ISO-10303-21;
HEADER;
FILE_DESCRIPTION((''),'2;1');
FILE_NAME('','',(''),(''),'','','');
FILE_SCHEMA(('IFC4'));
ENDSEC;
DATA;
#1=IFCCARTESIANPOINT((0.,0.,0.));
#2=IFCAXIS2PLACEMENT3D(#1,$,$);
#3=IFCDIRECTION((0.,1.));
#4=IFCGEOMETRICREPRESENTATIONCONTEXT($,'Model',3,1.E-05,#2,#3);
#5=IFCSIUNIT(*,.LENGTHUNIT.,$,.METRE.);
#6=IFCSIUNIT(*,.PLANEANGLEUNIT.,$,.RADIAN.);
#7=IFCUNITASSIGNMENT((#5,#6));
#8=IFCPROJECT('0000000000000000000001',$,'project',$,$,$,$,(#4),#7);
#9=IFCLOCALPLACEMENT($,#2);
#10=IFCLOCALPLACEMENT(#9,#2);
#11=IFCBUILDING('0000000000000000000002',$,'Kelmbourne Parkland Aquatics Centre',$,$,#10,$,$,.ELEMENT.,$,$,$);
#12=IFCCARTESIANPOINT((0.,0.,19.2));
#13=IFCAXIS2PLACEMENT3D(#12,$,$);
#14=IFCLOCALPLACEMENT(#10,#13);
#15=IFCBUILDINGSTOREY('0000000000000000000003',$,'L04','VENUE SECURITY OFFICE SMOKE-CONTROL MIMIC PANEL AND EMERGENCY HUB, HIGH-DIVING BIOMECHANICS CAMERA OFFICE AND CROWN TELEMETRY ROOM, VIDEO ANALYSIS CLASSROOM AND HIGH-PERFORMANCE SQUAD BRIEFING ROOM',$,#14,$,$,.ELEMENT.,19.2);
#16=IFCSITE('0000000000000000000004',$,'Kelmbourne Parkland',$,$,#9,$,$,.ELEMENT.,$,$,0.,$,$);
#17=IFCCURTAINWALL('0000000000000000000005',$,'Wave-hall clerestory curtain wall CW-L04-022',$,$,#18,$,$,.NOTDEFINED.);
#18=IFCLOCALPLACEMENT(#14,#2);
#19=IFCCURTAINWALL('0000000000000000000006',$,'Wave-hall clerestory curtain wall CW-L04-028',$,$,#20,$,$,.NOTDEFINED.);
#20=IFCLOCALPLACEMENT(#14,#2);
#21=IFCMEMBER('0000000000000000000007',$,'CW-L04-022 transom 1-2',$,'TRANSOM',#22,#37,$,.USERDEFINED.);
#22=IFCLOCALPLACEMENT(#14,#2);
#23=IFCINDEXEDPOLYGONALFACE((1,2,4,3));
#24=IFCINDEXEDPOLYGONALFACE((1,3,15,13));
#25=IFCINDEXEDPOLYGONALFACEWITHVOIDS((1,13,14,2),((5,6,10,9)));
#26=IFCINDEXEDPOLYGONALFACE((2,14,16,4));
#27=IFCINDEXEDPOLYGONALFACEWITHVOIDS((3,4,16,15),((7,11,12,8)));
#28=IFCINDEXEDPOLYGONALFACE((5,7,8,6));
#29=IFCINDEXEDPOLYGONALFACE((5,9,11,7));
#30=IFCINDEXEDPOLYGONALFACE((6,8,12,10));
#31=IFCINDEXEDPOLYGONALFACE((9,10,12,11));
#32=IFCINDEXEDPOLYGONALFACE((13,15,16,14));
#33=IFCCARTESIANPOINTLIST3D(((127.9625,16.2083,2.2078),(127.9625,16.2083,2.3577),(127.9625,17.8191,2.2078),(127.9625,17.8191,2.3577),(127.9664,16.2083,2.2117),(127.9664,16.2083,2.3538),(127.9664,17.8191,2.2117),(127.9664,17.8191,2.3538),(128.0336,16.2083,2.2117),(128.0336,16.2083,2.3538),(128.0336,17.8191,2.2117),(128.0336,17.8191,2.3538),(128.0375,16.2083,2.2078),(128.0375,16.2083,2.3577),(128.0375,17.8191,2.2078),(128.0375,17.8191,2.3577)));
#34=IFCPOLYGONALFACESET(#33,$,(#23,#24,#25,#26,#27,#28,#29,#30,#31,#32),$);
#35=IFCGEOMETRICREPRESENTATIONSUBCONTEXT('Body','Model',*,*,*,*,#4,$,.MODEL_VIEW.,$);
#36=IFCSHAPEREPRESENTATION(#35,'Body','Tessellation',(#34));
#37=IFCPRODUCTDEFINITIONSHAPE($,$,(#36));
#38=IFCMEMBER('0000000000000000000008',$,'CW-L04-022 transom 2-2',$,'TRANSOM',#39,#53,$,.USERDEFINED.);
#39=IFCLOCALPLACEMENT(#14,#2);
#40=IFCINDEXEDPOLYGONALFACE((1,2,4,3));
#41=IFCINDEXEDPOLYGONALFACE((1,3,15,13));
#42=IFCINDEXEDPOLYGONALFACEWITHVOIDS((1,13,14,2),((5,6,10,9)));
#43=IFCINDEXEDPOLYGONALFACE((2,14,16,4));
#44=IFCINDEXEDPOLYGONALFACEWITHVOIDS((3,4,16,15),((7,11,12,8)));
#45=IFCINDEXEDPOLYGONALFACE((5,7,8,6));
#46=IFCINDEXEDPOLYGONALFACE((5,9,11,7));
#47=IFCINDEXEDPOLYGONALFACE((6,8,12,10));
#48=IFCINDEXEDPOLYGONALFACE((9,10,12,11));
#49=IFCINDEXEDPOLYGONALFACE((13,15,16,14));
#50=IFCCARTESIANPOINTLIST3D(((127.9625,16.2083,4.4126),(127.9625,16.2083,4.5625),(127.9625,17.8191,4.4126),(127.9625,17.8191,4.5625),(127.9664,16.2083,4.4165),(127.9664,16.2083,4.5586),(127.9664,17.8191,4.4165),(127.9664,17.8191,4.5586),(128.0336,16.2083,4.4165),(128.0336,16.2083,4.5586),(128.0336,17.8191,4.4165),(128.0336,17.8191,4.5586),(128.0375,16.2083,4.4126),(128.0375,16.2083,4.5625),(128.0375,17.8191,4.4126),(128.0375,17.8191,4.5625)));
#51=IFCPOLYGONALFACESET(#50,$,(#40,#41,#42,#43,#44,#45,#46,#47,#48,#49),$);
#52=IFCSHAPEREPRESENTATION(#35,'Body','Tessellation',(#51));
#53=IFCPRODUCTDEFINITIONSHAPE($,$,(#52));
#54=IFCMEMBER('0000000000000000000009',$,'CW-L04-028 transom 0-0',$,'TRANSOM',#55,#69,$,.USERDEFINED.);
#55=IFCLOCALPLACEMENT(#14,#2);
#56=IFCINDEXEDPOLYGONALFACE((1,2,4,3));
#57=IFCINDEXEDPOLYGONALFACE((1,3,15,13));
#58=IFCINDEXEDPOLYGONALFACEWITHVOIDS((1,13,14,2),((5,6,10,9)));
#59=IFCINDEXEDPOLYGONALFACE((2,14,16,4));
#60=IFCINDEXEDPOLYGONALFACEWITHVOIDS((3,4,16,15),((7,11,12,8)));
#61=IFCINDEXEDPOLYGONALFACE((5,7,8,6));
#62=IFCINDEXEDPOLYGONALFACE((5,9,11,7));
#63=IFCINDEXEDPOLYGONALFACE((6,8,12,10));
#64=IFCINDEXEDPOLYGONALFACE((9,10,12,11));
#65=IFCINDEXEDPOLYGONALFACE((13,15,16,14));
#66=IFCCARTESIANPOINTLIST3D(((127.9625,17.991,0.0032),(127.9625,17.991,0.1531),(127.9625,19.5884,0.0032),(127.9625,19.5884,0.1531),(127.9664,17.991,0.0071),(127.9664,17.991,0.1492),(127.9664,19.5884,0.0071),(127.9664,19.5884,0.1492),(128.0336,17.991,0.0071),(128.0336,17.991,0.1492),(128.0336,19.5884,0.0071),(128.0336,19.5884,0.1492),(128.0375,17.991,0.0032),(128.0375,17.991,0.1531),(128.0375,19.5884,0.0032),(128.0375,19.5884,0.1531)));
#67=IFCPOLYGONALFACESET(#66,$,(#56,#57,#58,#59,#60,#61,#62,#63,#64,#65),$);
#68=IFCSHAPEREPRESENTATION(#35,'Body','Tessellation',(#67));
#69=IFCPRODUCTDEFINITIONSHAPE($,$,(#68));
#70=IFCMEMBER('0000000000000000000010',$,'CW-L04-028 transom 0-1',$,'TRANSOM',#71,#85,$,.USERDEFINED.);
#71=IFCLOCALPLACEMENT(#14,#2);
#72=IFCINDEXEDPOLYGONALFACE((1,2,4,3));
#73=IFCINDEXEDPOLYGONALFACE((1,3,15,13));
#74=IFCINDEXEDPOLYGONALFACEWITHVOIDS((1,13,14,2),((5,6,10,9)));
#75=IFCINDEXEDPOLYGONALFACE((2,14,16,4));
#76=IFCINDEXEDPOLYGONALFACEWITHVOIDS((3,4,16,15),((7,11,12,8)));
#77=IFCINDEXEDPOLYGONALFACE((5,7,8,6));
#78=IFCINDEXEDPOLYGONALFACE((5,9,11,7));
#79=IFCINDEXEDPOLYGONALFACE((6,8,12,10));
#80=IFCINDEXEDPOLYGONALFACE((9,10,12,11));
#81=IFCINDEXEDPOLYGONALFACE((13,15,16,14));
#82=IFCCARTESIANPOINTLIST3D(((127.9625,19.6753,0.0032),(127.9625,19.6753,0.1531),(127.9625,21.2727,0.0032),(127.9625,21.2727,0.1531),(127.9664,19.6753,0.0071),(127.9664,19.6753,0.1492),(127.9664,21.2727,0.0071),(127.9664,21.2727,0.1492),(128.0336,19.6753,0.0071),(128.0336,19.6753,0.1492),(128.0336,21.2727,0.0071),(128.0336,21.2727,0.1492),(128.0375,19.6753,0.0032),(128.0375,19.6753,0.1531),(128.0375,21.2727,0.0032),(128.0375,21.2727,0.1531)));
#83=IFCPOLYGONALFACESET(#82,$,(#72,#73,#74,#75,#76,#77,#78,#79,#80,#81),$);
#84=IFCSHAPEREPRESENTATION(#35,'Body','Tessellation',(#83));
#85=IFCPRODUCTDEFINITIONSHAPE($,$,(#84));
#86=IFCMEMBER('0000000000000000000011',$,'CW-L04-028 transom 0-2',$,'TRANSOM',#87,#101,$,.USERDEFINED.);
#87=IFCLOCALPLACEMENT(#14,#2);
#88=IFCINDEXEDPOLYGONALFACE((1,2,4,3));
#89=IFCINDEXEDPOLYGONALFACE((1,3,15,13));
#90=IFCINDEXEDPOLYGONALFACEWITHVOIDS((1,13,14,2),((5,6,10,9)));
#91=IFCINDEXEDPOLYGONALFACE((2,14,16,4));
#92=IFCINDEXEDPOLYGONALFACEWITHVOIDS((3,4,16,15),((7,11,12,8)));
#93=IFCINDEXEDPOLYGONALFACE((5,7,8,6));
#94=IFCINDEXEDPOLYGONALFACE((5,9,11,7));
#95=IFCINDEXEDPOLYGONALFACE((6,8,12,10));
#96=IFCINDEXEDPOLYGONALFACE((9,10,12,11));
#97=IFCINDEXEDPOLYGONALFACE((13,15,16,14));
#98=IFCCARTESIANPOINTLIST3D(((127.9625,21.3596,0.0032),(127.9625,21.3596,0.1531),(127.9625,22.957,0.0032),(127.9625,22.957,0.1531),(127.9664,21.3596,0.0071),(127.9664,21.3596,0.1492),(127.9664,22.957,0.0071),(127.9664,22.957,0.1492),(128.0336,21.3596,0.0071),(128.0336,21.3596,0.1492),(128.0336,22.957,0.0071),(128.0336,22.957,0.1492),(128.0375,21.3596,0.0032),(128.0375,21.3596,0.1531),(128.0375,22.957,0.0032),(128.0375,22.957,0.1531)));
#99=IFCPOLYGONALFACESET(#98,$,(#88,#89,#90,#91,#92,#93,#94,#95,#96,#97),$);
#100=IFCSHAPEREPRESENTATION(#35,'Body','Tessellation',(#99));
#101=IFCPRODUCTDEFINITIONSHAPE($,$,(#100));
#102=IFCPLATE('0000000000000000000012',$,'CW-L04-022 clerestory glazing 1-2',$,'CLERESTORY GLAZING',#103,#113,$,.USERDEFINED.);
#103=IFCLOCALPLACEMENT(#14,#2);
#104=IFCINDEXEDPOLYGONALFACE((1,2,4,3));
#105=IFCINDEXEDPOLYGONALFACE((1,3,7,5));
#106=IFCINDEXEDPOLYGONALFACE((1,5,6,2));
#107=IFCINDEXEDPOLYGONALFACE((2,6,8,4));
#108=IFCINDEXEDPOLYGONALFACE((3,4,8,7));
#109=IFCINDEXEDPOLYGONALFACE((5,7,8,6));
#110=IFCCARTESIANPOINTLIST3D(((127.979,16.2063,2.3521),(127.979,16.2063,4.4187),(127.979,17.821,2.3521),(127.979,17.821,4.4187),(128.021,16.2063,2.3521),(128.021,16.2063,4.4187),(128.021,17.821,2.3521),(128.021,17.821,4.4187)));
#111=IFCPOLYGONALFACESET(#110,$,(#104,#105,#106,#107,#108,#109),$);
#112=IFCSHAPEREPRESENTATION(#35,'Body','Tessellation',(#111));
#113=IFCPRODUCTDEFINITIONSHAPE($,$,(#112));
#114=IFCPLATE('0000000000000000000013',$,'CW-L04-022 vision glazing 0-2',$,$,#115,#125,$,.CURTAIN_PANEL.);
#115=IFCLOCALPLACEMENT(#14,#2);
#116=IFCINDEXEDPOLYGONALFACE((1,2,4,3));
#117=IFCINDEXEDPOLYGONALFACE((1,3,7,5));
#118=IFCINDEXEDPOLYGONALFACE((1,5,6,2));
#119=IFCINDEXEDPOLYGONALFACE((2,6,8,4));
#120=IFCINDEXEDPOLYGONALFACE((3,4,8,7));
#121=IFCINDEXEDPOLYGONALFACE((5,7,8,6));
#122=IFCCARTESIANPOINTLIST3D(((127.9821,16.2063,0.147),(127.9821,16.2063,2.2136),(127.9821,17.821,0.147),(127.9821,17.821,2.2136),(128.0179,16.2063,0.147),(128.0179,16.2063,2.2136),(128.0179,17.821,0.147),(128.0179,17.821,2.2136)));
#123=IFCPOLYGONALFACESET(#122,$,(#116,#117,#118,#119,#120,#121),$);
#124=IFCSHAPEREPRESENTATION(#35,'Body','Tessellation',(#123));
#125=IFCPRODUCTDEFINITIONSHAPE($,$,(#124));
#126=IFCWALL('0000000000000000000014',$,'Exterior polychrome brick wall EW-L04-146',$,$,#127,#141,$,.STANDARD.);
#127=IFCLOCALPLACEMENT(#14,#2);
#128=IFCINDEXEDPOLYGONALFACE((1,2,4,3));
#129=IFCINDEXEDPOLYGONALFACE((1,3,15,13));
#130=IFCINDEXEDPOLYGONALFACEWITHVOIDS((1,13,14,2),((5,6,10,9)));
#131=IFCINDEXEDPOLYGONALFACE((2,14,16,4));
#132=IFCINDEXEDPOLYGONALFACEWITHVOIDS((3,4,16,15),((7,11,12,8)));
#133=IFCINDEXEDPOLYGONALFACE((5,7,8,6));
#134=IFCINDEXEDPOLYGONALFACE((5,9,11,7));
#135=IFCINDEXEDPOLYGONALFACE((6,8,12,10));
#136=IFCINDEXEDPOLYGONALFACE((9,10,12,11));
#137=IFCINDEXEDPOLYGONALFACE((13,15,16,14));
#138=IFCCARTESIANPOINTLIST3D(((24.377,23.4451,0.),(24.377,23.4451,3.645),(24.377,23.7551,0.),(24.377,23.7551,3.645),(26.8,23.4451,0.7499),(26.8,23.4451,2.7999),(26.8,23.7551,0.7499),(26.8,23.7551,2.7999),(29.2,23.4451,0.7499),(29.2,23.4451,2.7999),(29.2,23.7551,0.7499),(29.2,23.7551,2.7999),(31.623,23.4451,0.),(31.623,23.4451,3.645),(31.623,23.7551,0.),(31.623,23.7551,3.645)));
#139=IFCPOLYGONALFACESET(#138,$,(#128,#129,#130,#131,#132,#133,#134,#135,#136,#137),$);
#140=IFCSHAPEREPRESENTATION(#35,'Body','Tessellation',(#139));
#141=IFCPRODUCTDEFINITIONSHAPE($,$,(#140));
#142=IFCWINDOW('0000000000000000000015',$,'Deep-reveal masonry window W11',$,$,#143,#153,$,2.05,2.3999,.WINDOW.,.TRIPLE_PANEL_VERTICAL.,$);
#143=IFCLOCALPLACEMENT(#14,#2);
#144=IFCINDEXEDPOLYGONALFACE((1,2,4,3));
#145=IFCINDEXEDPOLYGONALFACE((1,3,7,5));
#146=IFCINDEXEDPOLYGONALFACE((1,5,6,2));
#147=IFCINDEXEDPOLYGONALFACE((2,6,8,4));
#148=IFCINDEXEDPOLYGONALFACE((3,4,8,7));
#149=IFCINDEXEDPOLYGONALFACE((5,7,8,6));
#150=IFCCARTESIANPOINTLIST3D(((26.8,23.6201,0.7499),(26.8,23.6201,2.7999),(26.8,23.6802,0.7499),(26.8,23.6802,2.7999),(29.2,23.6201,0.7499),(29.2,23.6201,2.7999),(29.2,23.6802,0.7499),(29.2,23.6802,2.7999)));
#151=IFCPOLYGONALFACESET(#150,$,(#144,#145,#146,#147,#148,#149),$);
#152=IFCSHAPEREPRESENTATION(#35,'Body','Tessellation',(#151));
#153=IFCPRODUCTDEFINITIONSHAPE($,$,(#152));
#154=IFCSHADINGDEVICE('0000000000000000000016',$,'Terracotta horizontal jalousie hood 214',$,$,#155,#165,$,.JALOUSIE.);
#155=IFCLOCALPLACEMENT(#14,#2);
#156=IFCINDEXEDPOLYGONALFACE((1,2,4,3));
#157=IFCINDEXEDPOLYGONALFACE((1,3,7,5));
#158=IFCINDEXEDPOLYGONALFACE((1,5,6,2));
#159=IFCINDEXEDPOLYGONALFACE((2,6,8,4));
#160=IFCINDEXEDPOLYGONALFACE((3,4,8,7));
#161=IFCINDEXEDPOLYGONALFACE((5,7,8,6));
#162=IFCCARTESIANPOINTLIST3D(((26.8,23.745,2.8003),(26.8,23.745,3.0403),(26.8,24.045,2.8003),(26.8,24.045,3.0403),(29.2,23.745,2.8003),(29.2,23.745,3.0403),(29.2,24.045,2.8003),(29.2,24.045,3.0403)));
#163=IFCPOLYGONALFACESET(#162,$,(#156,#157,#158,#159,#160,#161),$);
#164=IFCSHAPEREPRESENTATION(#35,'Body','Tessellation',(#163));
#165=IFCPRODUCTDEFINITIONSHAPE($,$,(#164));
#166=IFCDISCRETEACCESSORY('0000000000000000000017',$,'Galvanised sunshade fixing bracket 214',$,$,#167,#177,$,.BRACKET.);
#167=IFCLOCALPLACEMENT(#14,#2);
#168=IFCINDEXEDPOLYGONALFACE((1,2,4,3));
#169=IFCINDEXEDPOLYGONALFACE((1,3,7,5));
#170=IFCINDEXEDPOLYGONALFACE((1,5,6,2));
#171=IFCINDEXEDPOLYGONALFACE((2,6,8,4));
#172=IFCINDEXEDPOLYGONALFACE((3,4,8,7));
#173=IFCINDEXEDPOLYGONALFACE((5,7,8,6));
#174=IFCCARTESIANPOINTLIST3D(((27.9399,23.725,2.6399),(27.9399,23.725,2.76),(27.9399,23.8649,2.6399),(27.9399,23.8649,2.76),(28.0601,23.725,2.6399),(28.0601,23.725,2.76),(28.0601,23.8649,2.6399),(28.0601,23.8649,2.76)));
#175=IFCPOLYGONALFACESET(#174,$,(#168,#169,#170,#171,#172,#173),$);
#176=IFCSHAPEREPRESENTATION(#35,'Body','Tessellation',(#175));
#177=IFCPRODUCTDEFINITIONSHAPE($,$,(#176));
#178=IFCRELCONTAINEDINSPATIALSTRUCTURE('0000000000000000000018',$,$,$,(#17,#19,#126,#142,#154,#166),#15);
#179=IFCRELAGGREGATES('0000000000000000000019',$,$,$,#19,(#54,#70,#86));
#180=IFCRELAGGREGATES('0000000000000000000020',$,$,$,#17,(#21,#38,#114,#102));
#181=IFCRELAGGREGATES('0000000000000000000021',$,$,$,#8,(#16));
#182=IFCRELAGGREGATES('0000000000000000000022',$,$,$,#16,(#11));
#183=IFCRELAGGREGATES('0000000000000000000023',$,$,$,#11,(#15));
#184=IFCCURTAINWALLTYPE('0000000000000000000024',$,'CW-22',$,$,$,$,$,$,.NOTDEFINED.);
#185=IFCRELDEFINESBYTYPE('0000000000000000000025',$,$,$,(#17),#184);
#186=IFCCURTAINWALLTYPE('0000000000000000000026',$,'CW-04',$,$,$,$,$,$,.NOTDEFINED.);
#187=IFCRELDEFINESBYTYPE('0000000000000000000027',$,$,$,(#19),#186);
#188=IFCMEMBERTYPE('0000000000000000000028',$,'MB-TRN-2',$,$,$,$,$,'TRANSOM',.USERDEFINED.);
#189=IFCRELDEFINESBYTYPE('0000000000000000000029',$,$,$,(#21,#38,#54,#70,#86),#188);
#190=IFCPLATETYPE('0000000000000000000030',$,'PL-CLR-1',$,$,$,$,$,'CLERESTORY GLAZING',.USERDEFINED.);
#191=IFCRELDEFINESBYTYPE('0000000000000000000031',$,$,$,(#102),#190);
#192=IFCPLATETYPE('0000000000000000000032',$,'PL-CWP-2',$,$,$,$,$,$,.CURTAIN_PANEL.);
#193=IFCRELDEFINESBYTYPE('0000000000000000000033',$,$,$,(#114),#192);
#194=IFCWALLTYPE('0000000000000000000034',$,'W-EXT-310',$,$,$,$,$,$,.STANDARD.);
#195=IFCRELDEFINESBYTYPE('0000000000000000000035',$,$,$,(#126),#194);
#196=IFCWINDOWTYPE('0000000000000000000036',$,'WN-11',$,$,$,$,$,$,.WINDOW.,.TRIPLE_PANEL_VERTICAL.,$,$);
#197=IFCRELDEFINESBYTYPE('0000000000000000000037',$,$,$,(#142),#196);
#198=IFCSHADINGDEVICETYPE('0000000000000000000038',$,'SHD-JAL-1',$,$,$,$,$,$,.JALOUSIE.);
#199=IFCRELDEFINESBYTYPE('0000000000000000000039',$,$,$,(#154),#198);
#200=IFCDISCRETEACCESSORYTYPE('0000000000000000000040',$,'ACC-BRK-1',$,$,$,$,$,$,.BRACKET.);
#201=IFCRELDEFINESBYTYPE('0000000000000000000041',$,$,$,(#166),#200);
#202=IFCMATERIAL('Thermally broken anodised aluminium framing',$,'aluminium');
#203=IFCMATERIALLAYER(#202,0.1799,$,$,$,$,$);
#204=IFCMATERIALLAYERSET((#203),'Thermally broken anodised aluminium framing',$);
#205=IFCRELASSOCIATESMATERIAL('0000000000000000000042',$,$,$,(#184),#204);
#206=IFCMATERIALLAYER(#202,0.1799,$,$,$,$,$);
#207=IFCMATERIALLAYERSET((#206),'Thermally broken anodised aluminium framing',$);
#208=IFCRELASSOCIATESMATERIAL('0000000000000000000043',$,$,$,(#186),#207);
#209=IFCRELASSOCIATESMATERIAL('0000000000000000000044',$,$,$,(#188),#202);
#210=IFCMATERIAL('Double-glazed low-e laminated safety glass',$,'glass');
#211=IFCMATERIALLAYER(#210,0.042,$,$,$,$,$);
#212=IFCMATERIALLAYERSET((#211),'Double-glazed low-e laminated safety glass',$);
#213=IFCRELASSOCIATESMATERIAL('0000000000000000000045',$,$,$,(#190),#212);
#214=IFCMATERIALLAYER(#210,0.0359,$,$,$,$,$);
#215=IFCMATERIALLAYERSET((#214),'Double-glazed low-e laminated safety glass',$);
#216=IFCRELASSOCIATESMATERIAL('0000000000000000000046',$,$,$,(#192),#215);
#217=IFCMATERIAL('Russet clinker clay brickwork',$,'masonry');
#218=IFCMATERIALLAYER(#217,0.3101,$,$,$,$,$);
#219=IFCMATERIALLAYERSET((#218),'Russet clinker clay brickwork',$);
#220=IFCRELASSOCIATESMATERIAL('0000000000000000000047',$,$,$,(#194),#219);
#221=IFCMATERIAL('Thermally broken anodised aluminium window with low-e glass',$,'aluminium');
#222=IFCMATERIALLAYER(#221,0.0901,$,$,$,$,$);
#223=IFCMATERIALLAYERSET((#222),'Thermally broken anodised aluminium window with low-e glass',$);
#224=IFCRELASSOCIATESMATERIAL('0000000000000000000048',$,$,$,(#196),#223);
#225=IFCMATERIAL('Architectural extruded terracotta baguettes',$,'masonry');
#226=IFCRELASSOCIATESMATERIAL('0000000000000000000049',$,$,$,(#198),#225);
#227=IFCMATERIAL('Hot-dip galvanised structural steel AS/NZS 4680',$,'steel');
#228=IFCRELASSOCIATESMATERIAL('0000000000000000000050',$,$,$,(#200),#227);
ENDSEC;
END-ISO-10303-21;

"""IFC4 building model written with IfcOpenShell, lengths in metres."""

from ifc_helpers import new_model, si_unit, direction, frame, frame_2d, origin, origin_2d, place, context, subcontext, project, spatial, rectangle, hollow_rectangle, extrude, material, layer, layer_set, material_profile, profile_set, type_object, element, fill, aggregate, save


model = new_model("IFC4")

# Units and contexts
model_context = context("Model", 3, precision=1e-05, world=origin(), true_north=direction((0.0, 1.0)))
body_context = subcontext(model_context, "Body", "Model", "MODEL_VIEW")
ifc_project = project(units=[si_unit("LENGTHUNIT", "METRE"), si_unit("PLANEANGLEUNIT", "RADIAN")], contexts=[model_context])

# Site, building, storey
site_placement = place(None, origin())
site = spatial("IfcSite", under=ifc_project, at=site_placement, Name="Kelmbourne Parkland", CompositionType="ELEMENT", RefElevation=0.0)
building_placement = place(site_placement, origin())
building = spatial("IfcBuilding", under=site, at=building_placement, Name="Kelmbourne Parkland Aquatics Centre", CompositionType="ELEMENT")
storey_placement = place(building_placement, frame((0.0, 0.0, 19.2)))
storey = spatial("IfcBuildingStorey", under=building, at=storey_placement, Name="L04", Description="VENUE SECURITY OFFICE SMOKE-CONTROL MIMIC PANEL AND EMERGENCY HUB, HIGH-DIVING BIOMECHANICS CAMERA OFFICE AND CROWN TELEMETRY ROOM, VIDEO ANALYSIS CLASSROOM AND HIGH-PERFORMANCE SQUAD BRIEFING ROOM", CompositionType="ELEMENT", Elevation=19.2)

# Curtain walls
ifc_material_1 = material(Name="Thermally broken anodised aluminium framing", Category="aluminium")
ifc_layer_1 = layer(ifc_material_1, 0.1799)
ifc_layer_set_1 = layer_set([ifc_layer_1], Name="Thermally broken anodised aluminium framing")
curtain_wall_type_1 = type_object("IfcCurtainWallType", Name="CW-22", PredefinedType="NOTDEFINED", material=ifc_layer_set_1)
curtain_wall_1_placement = place(storey_placement, origin())
curtain_wall_1 = element("IfcCurtainWall", 1, at=curtain_wall_1_placement, inside=storey, type_object=curtain_wall_type_1, Name="Wave-hall clerestory curtain wall CW-L04-022", PredefinedType="NOTDEFINED")
ifc_layer_2 = layer(ifc_material_1, 0.1799)
ifc_layer_set_2 = layer_set([ifc_layer_2], Name="Thermally broken anodised aluminium framing")
curtain_wall_type_2 = type_object("IfcCurtainWallType", Name="CW-04", PredefinedType="NOTDEFINED", material=ifc_layer_set_2)
curtain_wall_2_placement = place(storey_placement, origin())
curtain_wall_2 = element("IfcCurtainWall", 2, at=curtain_wall_2_placement, inside=storey, type_object=curtain_wall_type_2, Name="Wave-hall clerestory curtain wall CW-L04-028", PredefinedType="NOTDEFINED")

# Members
ifc_material_profile_1 = material_profile(ifc_material_1, hollow_rectangle(XDim=0.075, YDim=0.1499, WallThickness=0.0039, at=origin_2d()), Name="CW-T 75x150")
ifc_profile_set_1 = profile_set([ifc_material_profile_1], Name="Thermally broken anodised aluminium framing")
member_type_1 = type_object("IfcMemberType", Name="MB-TRN-2", ElementType="TRANSOM", PredefinedType="USERDEFINED", material=ifc_profile_set_1)
member_1_placement = place(storey_placement, frame((128.0, 16.2083, 2.2827), z_axis=(0.0, 1.0, 0.0), x_axis=(-1.0, 0.0, 0.0)))
member_1 = element("IfcMember", 3, at=member_1_placement, type_object=member_type_1, Name="CW-L04-022 transom 1-2", ObjectType="TRANSOM", PredefinedType="USERDEFINED", context=body_context, shape_type="SweptSolid", body=[
    extrude(hollow_rectangle(XDim=0.075, YDim=0.1499, WallThickness=0.0039, at=origin_2d()), origin(), (0.0, 0.0, 1.0), 1.6108),
])
member_2_placement = place(storey_placement, frame((128.0, 16.2083, 4.4875), z_axis=(0.0, 1.0, 0.0), x_axis=(-1.0, 0.0, 0.0)))
member_2 = element("IfcMember", 4, at=member_2_placement, type_object=member_type_1, Name="CW-L04-022 transom 2-2", ObjectType="TRANSOM", PredefinedType="USERDEFINED", context=body_context, shape_type="SweptSolid", body=[
    extrude(hollow_rectangle(XDim=0.075, YDim=0.1499, WallThickness=0.0039, at=origin_2d()), origin(), (0.0, 0.0, 1.0), 1.6108),
])
member_3_placement = place(storey_placement, frame((128.0, 17.991, 0.0781), z_axis=(0.0, 1.0, 0.0), x_axis=(-1.0, 0.0, 0.0)))
member_3 = element("IfcMember", 5, at=member_3_placement, type_object=member_type_1, Name="CW-L04-028 transom 0-0", ObjectType="TRANSOM", PredefinedType="USERDEFINED", context=body_context, shape_type="SweptSolid", body=[
    extrude(hollow_rectangle(XDim=0.075, YDim=0.1499, WallThickness=0.0039, at=origin_2d()), origin(), (0.0, 0.0, 1.0), 1.5974),
])
member_4_placement = place(storey_placement, frame((128.0, 19.6753, 0.0781), z_axis=(0.0, 1.0, 0.0), x_axis=(-1.0, 0.0, 0.0)))
member_4 = element("IfcMember", 6, at=member_4_placement, type_object=member_type_1, Name="CW-L04-028 transom 0-1", ObjectType="TRANSOM", PredefinedType="USERDEFINED", context=body_context, shape_type="SweptSolid", body=[
    extrude(hollow_rectangle(XDim=0.075, YDim=0.1499, WallThickness=0.0039, at=origin_2d()), origin(), (0.0, 0.0, 1.0), 1.5974),
])
member_5_placement = place(storey_placement, frame((128.0, 21.3596, 0.0781), z_axis=(0.0, 1.0, 0.0), x_axis=(-1.0, 0.0, 0.0)))
member_5 = element("IfcMember", 7, at=member_5_placement, type_object=member_type_1, Name="CW-L04-028 transom 0-2", ObjectType="TRANSOM", PredefinedType="USERDEFINED", context=body_context, shape_type="SweptSolid", body=[
    extrude(hollow_rectangle(XDim=0.075, YDim=0.1499, WallThickness=0.0039, at=origin_2d()), origin(), (0.0, 0.0, 1.0), 1.5974),
])
aggregate(curtain_wall_2, [member_3, member_4, member_5])

# Plates
ifc_material_2 = material(Name="Double-glazed low-e laminated safety glass", Category="glass")
ifc_layer_3 = layer(ifc_material_2, 0.042)
ifc_layer_set_3 = layer_set([ifc_layer_3], Name="Double-glazed low-e laminated safety glass")
plate_type_1 = type_object("IfcPlateType", Name="PL-CLR-1", ElementType="CLERESTORY GLAZING", PredefinedType="USERDEFINED", material=ifc_layer_set_3)
plate_1_placement = place(storey_placement, frame((128.0, 17.0137, 2.3521), z_axis=(0.0, 0.0, 1.0), x_axis=(0.0, 1.0, 0.0)))
plate_1 = element("IfcPlate", 8, at=plate_1_placement, type_object=plate_type_1, Name="CW-L04-022 clerestory glazing 1-2", ObjectType="CLERESTORY GLAZING", PredefinedType="USERDEFINED", context=body_context, shape_type="SweptSolid", body=[
    extrude(rectangle(XDim=1.6147, YDim=0.042, at=origin_2d()), origin(), (0.0, 0.0, 1.0), 2.0667),
])
ifc_layer_4 = layer(ifc_material_2, 0.0359)
ifc_layer_set_4 = layer_set([ifc_layer_4], Name="Double-glazed low-e laminated safety glass")
plate_type_2 = type_object("IfcPlateType", Name="PL-CWP-2", PredefinedType="CURTAIN_PANEL", material=ifc_layer_set_4)
plate_2_placement = place(storey_placement, frame((128.0, 17.0137, 0.147), z_axis=(0.0, 0.0, 1.0), x_axis=(0.0, 1.0, 0.0)))
plate_2 = element("IfcPlate", 9, at=plate_2_placement, type_object=plate_type_2, Name="CW-L04-022 vision glazing 0-2", PredefinedType="CURTAIN_PANEL", context=body_context, shape_type="SweptSolid", body=[
    extrude(rectangle(XDim=1.6147, YDim=0.0359, at=origin_2d()), origin(), (0.0, 0.0, 1.0), 2.0667),
])
aggregate(curtain_wall_1, [member_1, member_2, plate_2, plate_1])

# Wall, opening, window
ifc_material_3 = material(Name="Russet clinker clay brickwork", Category="masonry")
ifc_layer_5 = layer(ifc_material_3, 0.3101)
ifc_layer_set_5 = layer_set([ifc_layer_5], Name="Russet clinker clay brickwork")
wall_type = type_object("IfcWallType", Name="W-EXT-310", PredefinedType="STANDARD", material=ifc_layer_set_5)
wall_placement = place(storey_placement, frame((24.377, 23.6001, 0.0), z_axis=(0.0, 0.0, 1.0), x_axis=(1.0, 0.0, 0.0)))
wall = element("IfcWall", 10, at=wall_placement, inside=storey, type_object=wall_type, Name="Exterior polychrome brick wall EW-L04-146", PredefinedType="STANDARD", context=body_context, shape_type="SweptSolid", body=[
    extrude(rectangle(XDim=7.2461, YDim=0.3101, at=frame_2d((3.623, 0.0))), origin(), (0.0, 0.0, 1.0), 3.645),
])
opening_placement = place(wall_placement, frame((2.4231, 0.0, 0.75)))
opening = element("IfcOpeningElement", 11, at=opening_placement, cuts=wall, PredefinedType="OPENING", context=body_context, shape_type="SweptSolid", body=[
    extrude(rectangle(XDim=2.3999, YDim=2.05, at=frame_2d((1.2, 1.0249))), frame((0.0, 0.167, 0.0), z_axis=(0.0, -1.0, 0.0), x_axis=(1.0, 0.0, 0.0)), (0.0, 0.0, 1.0), 0.334),
])
ifc_material_4 = material(Name="Thermally broken anodised aluminium window with low-e glass", Category="aluminium")
ifc_layer_6 = layer(ifc_material_4, 0.0901)
ifc_layer_set_6 = layer_set([ifc_layer_6], Name="Thermally broken anodised aluminium window with low-e glass")
window_type = type_object("IfcWindowType", Name="WN-11", PartitioningType="TRIPLE_PANEL_VERTICAL", PredefinedType="WINDOW", material=ifc_layer_set_6)
window_placement = place(opening_placement, origin())
window = element("IfcWindow", 12, at=window_placement, inside=storey, type_object=window_type, Name="Deep-reveal masonry window W11", OverallHeight=2.05, OverallWidth=2.3999, PartitioningType="TRIPLE_PANEL_VERTICAL", PredefinedType="WINDOW", context=body_context, shape_type="SweptSolid", body=[
    extrude(rectangle(XDim=2.3999, YDim=2.05, at=frame_2d((1.2, 1.0249))), frame((0.0, 0.0801, 0.0), z_axis=(0.0, -1.0, 0.0), x_axis=(1.0, 0.0, 0.0)), (0.0, 0.0, 1.0), 0.0601),
])
fill(opening, window)

# Shading device
ifc_material_5 = material(Name="Architectural extruded terracotta baguettes", Category="masonry")
shading_device_type = type_object("IfcShadingDeviceType", Name="SHD-JAL-1", PredefinedType="JALOUSIE", material=ifc_material_5)
shading_device_placement = place(storey_placement, frame((28.0, 23.895, 2.8003), z_axis=(0.0, 0.0, 1.0), x_axis=(1.0, 0.0, 0.0)))
element("IfcShadingDevice", 13, at=shading_device_placement, inside=storey, type_object=shading_device_type, Name="Terracotta horizontal jalousie hood 214", PredefinedType="JALOUSIE", context=body_context, shape_type="SweptSolid", body=[
    extrude(rectangle(XDim=2.3999, YDim=0.3, at=origin_2d()), origin(), (0.0, 0.0, 1.0), 0.24),
])

# Discrete accessory
ifc_material_6 = material(Name="Hot-dip galvanised structural steel AS/NZS 4680", Category="steel")
discrete_accessory_type = type_object("IfcDiscreteAccessoryType", Name="ACC-BRK-1", PredefinedType="BRACKET", material=ifc_material_6)
discrete_accessory_placement = place(storey_placement, frame((28.0, 23.7949, 2.6399), z_axis=(0.0, 0.0, 1.0), x_axis=(1.0, 0.0, 0.0)))
element("IfcDiscreteAccessory", 14, at=discrete_accessory_placement, inside=storey, type_object=discrete_accessory_type, Name="Galvanised sunshade fixing bracket 214", PredefinedType="BRACKET", context=body_context, shape_type="SweptSolid", body=[
    extrude(rectangle(XDim=0.1201, YDim=0.1399, at=origin_2d()), origin(), (0.0, 0.0, 1.0), 0.1201),
])

save(model, "model.ifc")
